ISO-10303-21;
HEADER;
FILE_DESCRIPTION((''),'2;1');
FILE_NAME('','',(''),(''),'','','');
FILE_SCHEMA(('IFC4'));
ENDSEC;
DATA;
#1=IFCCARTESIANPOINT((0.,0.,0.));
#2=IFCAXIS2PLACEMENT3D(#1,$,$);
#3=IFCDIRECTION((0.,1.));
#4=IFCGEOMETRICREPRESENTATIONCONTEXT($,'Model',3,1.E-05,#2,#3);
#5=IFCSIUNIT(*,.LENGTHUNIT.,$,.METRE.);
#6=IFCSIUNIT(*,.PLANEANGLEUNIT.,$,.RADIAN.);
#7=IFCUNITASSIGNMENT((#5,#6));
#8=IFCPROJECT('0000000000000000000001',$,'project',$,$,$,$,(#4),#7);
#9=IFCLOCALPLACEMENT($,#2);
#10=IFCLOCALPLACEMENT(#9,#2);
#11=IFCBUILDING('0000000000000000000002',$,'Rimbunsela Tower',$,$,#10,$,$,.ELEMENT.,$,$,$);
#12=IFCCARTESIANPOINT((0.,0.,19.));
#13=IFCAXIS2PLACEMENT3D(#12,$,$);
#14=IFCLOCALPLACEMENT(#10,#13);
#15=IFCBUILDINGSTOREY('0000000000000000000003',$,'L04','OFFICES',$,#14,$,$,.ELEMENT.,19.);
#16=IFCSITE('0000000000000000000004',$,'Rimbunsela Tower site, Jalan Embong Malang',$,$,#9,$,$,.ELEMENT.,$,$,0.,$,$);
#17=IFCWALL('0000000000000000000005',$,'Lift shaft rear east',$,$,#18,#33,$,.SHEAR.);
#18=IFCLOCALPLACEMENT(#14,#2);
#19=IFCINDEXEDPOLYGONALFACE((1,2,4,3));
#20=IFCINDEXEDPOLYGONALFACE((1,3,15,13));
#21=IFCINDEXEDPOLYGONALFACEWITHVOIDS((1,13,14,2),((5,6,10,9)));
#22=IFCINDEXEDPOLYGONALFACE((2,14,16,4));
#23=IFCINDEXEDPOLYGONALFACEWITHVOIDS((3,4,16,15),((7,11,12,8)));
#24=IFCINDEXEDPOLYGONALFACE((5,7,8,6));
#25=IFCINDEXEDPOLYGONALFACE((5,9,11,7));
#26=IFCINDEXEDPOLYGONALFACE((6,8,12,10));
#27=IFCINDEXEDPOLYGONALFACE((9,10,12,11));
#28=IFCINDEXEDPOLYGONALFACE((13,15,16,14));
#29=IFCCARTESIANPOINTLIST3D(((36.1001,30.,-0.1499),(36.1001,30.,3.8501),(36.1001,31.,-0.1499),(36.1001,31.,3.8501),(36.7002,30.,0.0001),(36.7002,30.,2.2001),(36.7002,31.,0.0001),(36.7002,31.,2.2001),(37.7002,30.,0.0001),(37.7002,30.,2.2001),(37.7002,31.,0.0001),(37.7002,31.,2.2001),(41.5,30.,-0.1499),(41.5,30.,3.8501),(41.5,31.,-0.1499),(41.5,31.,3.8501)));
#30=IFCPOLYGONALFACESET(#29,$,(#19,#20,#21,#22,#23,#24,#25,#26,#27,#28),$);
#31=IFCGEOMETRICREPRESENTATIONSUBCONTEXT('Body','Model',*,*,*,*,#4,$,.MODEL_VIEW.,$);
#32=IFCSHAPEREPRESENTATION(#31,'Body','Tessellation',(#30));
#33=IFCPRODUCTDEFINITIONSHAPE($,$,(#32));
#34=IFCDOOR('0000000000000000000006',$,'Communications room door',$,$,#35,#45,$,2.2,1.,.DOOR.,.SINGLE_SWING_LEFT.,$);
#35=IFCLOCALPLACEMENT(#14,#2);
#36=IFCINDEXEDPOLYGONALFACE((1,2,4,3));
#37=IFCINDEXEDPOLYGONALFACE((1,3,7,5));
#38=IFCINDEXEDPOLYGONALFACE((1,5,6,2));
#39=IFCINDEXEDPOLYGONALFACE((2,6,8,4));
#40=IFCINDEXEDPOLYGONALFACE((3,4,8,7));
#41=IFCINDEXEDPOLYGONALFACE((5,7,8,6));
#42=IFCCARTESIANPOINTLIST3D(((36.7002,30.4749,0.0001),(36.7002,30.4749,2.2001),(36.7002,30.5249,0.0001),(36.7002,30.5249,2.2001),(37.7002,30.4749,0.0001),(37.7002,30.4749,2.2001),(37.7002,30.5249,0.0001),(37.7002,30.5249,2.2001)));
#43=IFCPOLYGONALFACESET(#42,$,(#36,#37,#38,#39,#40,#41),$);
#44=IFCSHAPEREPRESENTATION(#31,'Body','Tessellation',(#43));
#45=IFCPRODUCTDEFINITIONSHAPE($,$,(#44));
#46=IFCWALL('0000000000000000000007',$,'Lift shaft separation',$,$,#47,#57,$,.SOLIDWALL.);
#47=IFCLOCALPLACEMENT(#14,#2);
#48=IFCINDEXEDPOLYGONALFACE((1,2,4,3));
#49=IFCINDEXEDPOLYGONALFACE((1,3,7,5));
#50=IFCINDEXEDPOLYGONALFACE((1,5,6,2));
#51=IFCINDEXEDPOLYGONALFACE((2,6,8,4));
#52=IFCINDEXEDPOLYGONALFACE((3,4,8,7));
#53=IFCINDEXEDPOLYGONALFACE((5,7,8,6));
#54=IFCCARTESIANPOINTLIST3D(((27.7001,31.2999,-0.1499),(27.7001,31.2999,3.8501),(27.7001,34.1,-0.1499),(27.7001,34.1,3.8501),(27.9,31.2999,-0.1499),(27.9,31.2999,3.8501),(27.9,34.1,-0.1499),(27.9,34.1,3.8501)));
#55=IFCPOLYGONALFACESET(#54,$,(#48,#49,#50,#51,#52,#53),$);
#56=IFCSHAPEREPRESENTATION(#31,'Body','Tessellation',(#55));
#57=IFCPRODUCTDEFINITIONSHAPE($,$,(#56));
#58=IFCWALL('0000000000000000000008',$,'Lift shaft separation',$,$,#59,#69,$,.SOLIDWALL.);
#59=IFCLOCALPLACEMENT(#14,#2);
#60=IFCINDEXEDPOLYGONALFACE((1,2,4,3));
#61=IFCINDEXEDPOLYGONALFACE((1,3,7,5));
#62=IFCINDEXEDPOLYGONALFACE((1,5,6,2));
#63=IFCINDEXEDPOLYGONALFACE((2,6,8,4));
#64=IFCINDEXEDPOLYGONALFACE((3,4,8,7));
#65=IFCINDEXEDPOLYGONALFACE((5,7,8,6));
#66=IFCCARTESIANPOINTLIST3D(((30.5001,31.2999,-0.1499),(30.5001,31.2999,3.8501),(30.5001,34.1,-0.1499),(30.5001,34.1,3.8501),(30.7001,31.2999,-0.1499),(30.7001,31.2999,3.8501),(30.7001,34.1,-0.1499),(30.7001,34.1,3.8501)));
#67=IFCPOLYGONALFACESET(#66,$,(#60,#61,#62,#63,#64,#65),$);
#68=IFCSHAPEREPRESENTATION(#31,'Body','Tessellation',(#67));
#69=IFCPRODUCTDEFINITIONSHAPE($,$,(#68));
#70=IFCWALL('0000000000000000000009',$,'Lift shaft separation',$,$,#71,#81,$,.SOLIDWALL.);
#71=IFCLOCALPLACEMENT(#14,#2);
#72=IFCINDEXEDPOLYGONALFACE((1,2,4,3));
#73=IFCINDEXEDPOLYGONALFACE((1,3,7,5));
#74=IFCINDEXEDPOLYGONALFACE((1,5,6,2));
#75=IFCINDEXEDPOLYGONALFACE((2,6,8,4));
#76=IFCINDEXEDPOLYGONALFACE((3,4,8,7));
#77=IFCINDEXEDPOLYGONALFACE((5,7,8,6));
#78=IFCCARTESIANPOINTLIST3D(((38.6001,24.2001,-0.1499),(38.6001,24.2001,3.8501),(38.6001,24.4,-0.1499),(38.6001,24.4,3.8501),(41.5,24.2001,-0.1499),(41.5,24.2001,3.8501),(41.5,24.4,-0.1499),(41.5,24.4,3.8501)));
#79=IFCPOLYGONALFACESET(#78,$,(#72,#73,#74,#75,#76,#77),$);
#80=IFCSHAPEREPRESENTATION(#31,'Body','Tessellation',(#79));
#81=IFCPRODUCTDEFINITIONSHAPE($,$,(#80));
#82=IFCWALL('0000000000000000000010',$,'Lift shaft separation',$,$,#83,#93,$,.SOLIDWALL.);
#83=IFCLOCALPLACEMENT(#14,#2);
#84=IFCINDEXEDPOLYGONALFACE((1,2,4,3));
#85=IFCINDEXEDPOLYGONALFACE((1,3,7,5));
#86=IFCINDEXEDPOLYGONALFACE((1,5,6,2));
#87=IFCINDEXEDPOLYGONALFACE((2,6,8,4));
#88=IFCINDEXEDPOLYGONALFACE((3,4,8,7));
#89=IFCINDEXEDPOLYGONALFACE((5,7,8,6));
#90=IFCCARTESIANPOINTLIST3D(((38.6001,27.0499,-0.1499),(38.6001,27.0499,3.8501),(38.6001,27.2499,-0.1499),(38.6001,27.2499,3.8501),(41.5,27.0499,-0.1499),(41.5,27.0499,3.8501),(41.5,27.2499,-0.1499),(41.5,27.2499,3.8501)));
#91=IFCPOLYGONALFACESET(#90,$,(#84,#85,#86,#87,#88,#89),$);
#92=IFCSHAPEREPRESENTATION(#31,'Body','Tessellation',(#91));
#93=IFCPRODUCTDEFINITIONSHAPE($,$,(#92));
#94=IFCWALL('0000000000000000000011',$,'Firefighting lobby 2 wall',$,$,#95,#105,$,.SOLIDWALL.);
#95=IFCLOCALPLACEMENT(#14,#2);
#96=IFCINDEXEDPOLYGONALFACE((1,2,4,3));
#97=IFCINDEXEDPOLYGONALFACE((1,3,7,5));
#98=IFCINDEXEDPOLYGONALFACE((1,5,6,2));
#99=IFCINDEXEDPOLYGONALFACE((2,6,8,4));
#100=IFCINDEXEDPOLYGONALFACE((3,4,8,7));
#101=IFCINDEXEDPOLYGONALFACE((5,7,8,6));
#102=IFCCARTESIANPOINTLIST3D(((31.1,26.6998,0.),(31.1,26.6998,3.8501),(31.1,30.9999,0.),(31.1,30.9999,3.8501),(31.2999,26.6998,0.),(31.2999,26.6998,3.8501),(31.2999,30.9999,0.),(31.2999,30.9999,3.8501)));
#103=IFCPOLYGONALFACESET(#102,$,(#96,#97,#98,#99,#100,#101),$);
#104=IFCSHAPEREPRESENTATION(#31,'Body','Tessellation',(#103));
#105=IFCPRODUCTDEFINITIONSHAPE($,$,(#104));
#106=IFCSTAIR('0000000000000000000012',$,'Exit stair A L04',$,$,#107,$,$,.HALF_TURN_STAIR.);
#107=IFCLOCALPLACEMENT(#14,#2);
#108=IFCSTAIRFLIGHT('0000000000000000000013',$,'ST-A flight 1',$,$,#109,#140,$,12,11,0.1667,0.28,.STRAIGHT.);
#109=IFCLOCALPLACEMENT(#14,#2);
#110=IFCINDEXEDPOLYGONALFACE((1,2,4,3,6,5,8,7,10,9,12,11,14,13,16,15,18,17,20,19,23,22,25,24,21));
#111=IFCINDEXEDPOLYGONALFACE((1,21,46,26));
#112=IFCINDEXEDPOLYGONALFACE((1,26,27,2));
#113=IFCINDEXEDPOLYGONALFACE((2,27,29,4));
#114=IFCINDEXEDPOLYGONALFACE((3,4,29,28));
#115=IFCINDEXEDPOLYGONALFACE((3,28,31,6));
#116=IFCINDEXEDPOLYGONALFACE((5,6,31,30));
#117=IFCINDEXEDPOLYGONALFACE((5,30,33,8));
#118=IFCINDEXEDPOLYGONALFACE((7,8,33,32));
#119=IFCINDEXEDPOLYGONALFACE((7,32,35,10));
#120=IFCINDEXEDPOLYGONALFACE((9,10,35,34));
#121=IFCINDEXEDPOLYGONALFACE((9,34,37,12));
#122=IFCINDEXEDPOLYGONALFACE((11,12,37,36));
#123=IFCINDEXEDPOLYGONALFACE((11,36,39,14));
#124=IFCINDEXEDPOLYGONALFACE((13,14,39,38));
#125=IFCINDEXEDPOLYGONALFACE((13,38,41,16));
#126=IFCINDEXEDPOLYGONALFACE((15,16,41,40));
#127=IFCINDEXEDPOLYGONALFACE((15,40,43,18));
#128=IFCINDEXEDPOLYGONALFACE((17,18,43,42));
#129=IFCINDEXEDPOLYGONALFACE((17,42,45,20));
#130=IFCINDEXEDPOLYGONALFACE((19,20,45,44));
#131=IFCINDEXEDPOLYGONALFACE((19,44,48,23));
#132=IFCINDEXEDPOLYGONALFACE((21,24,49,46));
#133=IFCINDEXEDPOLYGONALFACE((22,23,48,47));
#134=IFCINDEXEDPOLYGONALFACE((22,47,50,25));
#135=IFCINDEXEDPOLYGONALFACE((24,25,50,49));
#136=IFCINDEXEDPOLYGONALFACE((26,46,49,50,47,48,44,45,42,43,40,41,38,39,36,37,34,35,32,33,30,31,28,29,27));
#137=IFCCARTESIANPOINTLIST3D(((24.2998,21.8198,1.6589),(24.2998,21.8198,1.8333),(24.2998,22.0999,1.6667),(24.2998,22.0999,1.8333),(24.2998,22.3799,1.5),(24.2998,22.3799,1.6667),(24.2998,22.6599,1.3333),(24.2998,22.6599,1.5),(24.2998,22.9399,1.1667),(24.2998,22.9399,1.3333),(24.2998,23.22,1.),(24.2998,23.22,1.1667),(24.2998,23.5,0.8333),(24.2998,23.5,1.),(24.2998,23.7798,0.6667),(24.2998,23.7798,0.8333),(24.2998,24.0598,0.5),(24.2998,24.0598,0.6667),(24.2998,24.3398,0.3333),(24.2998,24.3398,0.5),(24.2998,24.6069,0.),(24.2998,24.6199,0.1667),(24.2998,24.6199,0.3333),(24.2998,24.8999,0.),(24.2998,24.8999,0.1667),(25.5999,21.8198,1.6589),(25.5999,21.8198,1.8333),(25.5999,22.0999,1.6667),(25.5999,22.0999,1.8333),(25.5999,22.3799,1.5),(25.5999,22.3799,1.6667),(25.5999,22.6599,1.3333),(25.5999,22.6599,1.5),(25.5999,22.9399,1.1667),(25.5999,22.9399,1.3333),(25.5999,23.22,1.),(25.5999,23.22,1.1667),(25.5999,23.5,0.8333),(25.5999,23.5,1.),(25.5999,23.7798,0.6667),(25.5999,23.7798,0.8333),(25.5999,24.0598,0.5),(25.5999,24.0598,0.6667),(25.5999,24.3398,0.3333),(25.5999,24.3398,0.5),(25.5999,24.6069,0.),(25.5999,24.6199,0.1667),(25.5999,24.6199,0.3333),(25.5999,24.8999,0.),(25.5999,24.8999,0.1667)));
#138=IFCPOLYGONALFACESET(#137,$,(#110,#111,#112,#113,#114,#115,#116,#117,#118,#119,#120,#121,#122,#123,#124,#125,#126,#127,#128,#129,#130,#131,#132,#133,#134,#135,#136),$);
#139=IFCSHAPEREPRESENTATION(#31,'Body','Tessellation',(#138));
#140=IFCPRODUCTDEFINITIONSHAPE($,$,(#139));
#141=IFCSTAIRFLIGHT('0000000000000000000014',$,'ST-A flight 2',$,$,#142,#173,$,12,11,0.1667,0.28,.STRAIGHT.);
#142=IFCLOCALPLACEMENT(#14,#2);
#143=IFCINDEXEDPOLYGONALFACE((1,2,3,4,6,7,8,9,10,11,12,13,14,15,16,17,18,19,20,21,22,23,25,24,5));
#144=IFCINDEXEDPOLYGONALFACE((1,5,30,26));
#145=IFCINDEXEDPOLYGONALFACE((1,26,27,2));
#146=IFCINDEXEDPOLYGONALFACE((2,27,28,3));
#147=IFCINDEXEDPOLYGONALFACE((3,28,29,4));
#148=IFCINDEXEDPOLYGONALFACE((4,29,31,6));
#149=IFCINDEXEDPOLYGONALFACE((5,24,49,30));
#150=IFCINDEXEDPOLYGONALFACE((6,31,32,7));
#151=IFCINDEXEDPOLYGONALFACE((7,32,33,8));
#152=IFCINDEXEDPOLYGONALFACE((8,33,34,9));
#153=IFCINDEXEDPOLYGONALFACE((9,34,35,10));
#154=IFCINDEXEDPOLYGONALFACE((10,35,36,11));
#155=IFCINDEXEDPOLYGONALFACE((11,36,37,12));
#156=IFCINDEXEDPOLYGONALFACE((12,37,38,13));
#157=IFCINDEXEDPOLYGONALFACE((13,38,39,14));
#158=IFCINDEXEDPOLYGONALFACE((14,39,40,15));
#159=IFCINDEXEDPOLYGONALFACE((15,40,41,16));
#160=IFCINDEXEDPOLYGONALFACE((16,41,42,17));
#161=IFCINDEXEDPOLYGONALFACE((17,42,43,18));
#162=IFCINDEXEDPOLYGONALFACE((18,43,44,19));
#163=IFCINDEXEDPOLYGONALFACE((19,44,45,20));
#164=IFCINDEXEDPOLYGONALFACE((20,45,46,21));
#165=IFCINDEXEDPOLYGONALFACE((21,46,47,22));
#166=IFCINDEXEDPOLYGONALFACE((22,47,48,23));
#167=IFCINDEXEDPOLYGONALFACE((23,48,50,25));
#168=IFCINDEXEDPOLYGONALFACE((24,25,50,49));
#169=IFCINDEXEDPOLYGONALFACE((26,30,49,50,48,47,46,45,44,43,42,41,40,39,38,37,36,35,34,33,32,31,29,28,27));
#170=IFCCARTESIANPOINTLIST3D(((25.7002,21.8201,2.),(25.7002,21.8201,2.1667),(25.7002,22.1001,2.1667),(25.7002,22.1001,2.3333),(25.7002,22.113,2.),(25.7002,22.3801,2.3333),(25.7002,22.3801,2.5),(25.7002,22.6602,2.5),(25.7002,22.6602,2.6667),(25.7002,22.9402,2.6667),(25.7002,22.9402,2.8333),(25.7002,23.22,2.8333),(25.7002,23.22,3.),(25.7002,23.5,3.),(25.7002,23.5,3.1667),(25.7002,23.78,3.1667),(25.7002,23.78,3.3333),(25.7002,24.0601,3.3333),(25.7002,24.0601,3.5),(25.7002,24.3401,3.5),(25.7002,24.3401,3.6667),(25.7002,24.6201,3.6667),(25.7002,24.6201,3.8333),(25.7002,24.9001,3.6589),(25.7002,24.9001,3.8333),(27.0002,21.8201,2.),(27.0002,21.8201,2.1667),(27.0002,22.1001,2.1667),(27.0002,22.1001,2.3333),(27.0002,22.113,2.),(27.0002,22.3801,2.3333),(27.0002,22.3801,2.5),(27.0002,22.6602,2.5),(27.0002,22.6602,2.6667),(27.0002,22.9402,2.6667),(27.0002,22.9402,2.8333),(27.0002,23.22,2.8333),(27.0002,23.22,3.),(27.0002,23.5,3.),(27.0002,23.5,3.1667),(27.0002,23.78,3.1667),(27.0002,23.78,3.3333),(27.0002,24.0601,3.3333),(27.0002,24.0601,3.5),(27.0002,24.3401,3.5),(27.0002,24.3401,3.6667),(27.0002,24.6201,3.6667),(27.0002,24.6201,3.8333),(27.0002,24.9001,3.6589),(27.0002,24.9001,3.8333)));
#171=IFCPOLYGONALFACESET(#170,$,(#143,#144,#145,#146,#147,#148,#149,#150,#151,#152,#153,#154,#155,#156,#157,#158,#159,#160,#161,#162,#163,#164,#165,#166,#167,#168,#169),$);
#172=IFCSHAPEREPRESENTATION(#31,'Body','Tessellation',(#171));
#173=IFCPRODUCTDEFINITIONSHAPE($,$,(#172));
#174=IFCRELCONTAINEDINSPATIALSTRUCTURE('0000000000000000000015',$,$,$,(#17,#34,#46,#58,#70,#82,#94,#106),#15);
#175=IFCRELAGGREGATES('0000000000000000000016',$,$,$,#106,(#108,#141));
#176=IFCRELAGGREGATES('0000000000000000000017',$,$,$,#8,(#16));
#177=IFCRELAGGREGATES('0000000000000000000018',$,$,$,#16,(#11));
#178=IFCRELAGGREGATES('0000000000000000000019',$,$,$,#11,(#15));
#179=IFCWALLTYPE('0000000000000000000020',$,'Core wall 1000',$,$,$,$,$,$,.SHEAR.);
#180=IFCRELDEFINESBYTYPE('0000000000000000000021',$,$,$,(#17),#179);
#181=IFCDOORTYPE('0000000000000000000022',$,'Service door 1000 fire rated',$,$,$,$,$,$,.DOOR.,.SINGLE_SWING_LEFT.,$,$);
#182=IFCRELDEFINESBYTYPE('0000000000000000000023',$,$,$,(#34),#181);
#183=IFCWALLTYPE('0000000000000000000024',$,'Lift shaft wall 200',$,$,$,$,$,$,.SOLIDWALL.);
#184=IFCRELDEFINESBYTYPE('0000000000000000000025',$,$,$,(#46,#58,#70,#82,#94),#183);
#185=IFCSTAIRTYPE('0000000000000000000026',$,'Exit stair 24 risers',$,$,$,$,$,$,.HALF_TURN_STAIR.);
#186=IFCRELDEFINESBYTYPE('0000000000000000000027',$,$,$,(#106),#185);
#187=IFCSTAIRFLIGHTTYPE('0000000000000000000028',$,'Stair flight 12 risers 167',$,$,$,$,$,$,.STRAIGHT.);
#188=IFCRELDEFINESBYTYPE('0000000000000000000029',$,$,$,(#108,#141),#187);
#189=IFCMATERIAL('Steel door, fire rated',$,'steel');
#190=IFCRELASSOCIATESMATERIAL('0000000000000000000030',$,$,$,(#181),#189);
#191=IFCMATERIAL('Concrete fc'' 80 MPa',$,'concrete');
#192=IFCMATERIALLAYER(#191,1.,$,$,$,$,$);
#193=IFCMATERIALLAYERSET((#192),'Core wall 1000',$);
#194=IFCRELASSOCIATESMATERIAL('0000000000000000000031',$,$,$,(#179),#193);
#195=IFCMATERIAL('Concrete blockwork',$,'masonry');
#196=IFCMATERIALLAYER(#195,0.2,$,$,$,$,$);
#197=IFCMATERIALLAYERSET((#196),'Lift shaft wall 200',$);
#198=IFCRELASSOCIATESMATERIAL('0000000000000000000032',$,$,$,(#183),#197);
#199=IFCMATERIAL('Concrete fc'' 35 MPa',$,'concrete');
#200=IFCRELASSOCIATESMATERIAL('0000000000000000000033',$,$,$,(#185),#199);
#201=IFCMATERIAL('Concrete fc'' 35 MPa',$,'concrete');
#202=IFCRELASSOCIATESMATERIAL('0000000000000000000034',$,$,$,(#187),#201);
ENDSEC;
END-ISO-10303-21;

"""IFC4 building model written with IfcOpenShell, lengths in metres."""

from ifc_helpers import new_model, si_unit, direction, frame, frame_2d, origin, place, context, subcontext, project, spatial, polyline, rectangle, outline, extrude, material, layer, layer_set, type_object, element, fill, aggregate, save


model = new_model("IFC4")

# Units and contexts
model_context = context("Model", 3, precision=1e-05, world=origin(), true_north=direction((0.0, 1.0)))
body_context = subcontext(model_context, "Body", "Model", "MODEL_VIEW")
ifc_project = project(units=[si_unit("LENGTHUNIT", "METRE"), si_unit("PLANEANGLEUNIT", "RADIAN")], contexts=[model_context])

# Site, building, storey
site_placement = place(None, origin())
site = spatial("IfcSite", under=ifc_project, at=site_placement, Name="Rimbunsela Tower site, Jalan Embong Malang", CompositionType="ELEMENT", RefElevation=0.0)
building_placement = place(site_placement, origin())
building = spatial("IfcBuilding", under=site, at=building_placement, Name="Rimbunsela Tower", CompositionType="ELEMENT")
storey_placement = place(building_placement, frame((0.0, 0.0, 19.0)))
storey = spatial("IfcBuildingStorey", under=building, at=storey_placement, Name="L04", Description="OFFICES", CompositionType="ELEMENT", Elevation=19.0)

# Shared definitions
ifc_material_1 = material(Name="Steel door, fire rated", Category="steel")
door_type_1 = type_object("IfcDoorType", Name="Service door 1000 fire rated", OperationType="SINGLE_SWING_LEFT", PredefinedType="DOOR", material=ifc_material_1)

# Wall, opening, door
ifc_material_2 = material(Name="Concrete fc' 80 MPa", Category="concrete")
ifc_layer_1 = layer(ifc_material_2, 1.0)
ifc_layer_set_1 = layer_set([ifc_layer_1], Name="Core wall 1000")
wall_type_1 = type_object("IfcWallType", Name="Core wall 1000", PredefinedType="SHEAR", material=ifc_layer_set_1)
wall_1_placement = place(storey_placement, frame((36.1001, 30.5, -0.1499), z_axis=(0.0, 0.0, 1.0), x_axis=(1.0, 0.0, 0.0)))
wall_1 = element("IfcWall", 1, at=wall_1_placement, inside=storey, type_object=wall_type_1, Name="Lift shaft rear east", PredefinedType="SHEAR", context=body_context, shape_type="SweptSolid", body=[
    extrude(rectangle(XDim=5.3999, YDim=1.0, at=frame_2d((2.7, 0.0))), origin(), (0.0, 0.0, 1.0), 4.0),
])
opening_1_placement = place(wall_1_placement, frame((0.6001, 0.0, 0.1499)))
opening_1 = element("IfcOpeningElement", 2, at=opening_1_placement, cuts=wall_1, PredefinedType="OPENING", context=body_context, shape_type="SweptSolid", body=[
    extrude(rectangle(XDim=1.0, YDim=2.2, at=frame_2d((0.5, 1.1001))), frame((0.0, 0.51, 0.0), z_axis=(0.0, -1.0, 0.0), x_axis=(1.0, 0.0, 0.0)), (0.0, 0.0, 1.0), 1.02),
])
door_1_placement = place(opening_1_placement, origin())
door_1 = element("IfcDoor", 3, at=door_1_placement, inside=storey, type_object=door_type_1, Name="Communications room door", OperationType="SINGLE_SWING_LEFT", OverallHeight=2.2, OverallWidth=1.0, PredefinedType="DOOR", context=body_context, shape_type="SweptSolid", body=[
    extrude(rectangle(XDim=1.0, YDim=2.2, at=frame_2d((0.5, 1.1001))), frame((0.0, 0.0249, 0.0), z_axis=(0.0, -1.0, 0.0), x_axis=(1.0, 0.0, 0.0)), (0.0, 0.0, 1.0), 0.05),
])
fill(opening_1, door_1)

# Walls
ifc_material_3 = material(Name="Concrete blockwork", Category="masonry")
ifc_layer_2 = layer(ifc_material_3, 0.2)
ifc_layer_set_2 = layer_set([ifc_layer_2], Name="Lift shaft wall 200")
wall_type_2 = type_object("IfcWallType", Name="Lift shaft wall 200", PredefinedType="SOLIDWALL", material=ifc_layer_set_2)
for number, where, z_axis, x_axis, name in (
    (4, (27.8, 31.3, -0.1499), (0.0, 0.0, 1.0), (0.0, 1.0, 0.0), "Lift shaft separation"),
    (5, (30.6001, 31.3, -0.1499), (0.0, 0.0, 1.0), (0.0, 1.0, 0.0), "Lift shaft separation"),
):
    element("IfcWall", number, at=place(storey_placement, frame(where, z_axis=z_axis, x_axis=x_axis)), inside=storey, type_object=wall_type_2, Name=name, PredefinedType="SOLIDWALL", context=body_context, shape_type="SweptSolid", body=[
        extrude(rectangle(XDim=2.8, YDim=0.2, at=frame_2d((1.3999, 0.0))), origin(), (0.0, 0.0, 1.0), 4.0),
    ])
for number, where, z_axis, x_axis, name in (
    (6, (38.6001, 24.3, -0.1499), (0.0, 0.0, 1.0), (1.0, 0.0, 0.0), "Lift shaft separation"),
    (7, (38.6001, 27.1499, -0.1499), (0.0, 0.0, 1.0), (1.0, 0.0, 0.0), "Lift shaft separation"),
):
    element("IfcWall", number, at=place(storey_placement, frame(where, z_axis=z_axis, x_axis=x_axis)), inside=storey, type_object=wall_type_2, Name=name, PredefinedType="SOLIDWALL", context=body_context, shape_type="SweptSolid", body=[
        extrude(rectangle(XDim=2.8999, YDim=0.2, at=frame_2d((1.45, 0.0))), origin(), (0.0, 0.0, 1.0), 4.0),
    ])
wall_2_placement = place(storey_placement, frame((31.2, 26.7, 0.0), z_axis=(0.0, 0.0, 1.0), x_axis=(0.0, 1.0, 0.0)))
element("IfcWall", 8, at=wall_2_placement, inside=storey, type_object=wall_type_2, Name="Firefighting lobby 2 wall", PredefinedType="SOLIDWALL", context=body_context, shape_type="SweptSolid", body=[
    extrude(rectangle(XDim=4.3, YDim=0.2, at=frame_2d((2.1499, 0.0))), origin(), (0.0, 0.0, 1.0), 3.8501),
])

# Stair, stair flights
ifc_material_4 = material(Name="Concrete fc' 35 MPa", Category="concrete")
stair_type = type_object("IfcStairType", Name="Exit stair 24 risers", PredefinedType="HALF_TURN_STAIR", material=ifc_material_4)
stair_1_placement = place(storey_placement, origin())
stair_1 = element("IfcStair", 9, at=stair_1_placement, inside=storey, type_object=stair_type, Name="Exit stair A L04", PredefinedType="HALF_TURN_STAIR")
ifc_material_5 = material(Name="Concrete fc' 35 MPa", Category="concrete")
stair_flight_type = type_object("IfcStairFlightType", Name="Stair flight 12 risers 167", PredefinedType="STRAIGHT", material=ifc_material_5)
stair_flight_1_placement = place(storey_placement, frame((24.95, 24.8999, 0.0), z_axis=(0.0, 0.0, 1.0), x_axis=(0.0, -1.0, 0.0)))
stair_flight_1 = element("IfcStairFlight", 10, at=stair_flight_1_placement, type_object=stair_flight_type, Name="ST-A flight 1", NumberOfRisers=12, NumberOfTreads=11, PredefinedType="STRAIGHT", RiserHeight=0.1667, TreadLength=0.28, context=body_context, shape_type="SweptSolid", body=[
    extrude(outline(polyline([(0.0, 0.0), (0.0, 0.1667), (0.28, 0.1667), (0.28, 0.3333), (0.5601, 0.3333), (0.5601, 0.5), (0.8401, 0.5), (0.8401, 0.6667), (1.1201, 0.6667), (1.1201, 0.8333), (1.3999, 0.8333), (1.3999, 1.0), (1.6799, 1.0), (1.6799, 1.1667), (1.96, 1.1667), (1.96, 1.3333), (2.24, 1.3333), (2.24, 1.5), (2.52, 1.5), (2.52, 1.6667), (2.8, 1.6667), (2.8, 1.8333), (3.0801, 1.8333), (3.0801, 2.0), (3.0801, 1.6589), (0.293, 0.0), (0.0, 0.0)])), frame((0.0, 0.6499, 0.0), z_axis=(0.0, -1.0, 0.0), x_axis=(1.0, 0.0, 0.0)), (0.0, 0.0, 1.0), 1.3),
])
stair_flight_2_placement = place(storey_placement, frame((26.3501, 21.8201, 2.0), z_axis=(0.0, 0.0, 1.0), x_axis=(0.0, 1.0, 0.0)))
stair_flight_2 = element("IfcStairFlight", 11, at=stair_flight_2_placement, type_object=stair_flight_type, Name="ST-A flight 2", NumberOfRisers=12, NumberOfTreads=11, PredefinedType="STRAIGHT", RiserHeight=0.1667, TreadLength=0.28, context=body_context, shape_type="SweptSolid", body=[
    extrude(outline(polyline([(0.0, 0.0), (0.0, 0.1667), (0.28, 0.1667), (0.28, 0.3333), (0.5601, 0.3333), (0.5601, 0.5), (0.8401, 0.5), (0.8401, 0.6667), (1.1201, 0.6667), (1.1201, 0.8333), (1.3999, 0.8333), (1.3999, 1.0), (1.6799, 1.0), (1.6799, 1.1667), (1.96, 1.1667), (1.96, 1.3333), (2.24, 1.3333), (2.24, 1.5), (2.52, 1.5), (2.52, 1.6667), (2.8, 1.6667), (2.8, 1.8333), (3.0801, 1.8333), (3.0801, 2.0), (3.0801, 1.6589), (0.293, 0.0), (0.0, 0.0)])), frame((0.0, 0.6499, 0.0), z_axis=(0.0, -1.0, 0.0), x_axis=(1.0, 0.0, 0.0)), (0.0, 0.0, 1.0), 1.3),
])
aggregate(stair_1, [stair_flight_1, stair_flight_2])

save(model, "model.ifc")
